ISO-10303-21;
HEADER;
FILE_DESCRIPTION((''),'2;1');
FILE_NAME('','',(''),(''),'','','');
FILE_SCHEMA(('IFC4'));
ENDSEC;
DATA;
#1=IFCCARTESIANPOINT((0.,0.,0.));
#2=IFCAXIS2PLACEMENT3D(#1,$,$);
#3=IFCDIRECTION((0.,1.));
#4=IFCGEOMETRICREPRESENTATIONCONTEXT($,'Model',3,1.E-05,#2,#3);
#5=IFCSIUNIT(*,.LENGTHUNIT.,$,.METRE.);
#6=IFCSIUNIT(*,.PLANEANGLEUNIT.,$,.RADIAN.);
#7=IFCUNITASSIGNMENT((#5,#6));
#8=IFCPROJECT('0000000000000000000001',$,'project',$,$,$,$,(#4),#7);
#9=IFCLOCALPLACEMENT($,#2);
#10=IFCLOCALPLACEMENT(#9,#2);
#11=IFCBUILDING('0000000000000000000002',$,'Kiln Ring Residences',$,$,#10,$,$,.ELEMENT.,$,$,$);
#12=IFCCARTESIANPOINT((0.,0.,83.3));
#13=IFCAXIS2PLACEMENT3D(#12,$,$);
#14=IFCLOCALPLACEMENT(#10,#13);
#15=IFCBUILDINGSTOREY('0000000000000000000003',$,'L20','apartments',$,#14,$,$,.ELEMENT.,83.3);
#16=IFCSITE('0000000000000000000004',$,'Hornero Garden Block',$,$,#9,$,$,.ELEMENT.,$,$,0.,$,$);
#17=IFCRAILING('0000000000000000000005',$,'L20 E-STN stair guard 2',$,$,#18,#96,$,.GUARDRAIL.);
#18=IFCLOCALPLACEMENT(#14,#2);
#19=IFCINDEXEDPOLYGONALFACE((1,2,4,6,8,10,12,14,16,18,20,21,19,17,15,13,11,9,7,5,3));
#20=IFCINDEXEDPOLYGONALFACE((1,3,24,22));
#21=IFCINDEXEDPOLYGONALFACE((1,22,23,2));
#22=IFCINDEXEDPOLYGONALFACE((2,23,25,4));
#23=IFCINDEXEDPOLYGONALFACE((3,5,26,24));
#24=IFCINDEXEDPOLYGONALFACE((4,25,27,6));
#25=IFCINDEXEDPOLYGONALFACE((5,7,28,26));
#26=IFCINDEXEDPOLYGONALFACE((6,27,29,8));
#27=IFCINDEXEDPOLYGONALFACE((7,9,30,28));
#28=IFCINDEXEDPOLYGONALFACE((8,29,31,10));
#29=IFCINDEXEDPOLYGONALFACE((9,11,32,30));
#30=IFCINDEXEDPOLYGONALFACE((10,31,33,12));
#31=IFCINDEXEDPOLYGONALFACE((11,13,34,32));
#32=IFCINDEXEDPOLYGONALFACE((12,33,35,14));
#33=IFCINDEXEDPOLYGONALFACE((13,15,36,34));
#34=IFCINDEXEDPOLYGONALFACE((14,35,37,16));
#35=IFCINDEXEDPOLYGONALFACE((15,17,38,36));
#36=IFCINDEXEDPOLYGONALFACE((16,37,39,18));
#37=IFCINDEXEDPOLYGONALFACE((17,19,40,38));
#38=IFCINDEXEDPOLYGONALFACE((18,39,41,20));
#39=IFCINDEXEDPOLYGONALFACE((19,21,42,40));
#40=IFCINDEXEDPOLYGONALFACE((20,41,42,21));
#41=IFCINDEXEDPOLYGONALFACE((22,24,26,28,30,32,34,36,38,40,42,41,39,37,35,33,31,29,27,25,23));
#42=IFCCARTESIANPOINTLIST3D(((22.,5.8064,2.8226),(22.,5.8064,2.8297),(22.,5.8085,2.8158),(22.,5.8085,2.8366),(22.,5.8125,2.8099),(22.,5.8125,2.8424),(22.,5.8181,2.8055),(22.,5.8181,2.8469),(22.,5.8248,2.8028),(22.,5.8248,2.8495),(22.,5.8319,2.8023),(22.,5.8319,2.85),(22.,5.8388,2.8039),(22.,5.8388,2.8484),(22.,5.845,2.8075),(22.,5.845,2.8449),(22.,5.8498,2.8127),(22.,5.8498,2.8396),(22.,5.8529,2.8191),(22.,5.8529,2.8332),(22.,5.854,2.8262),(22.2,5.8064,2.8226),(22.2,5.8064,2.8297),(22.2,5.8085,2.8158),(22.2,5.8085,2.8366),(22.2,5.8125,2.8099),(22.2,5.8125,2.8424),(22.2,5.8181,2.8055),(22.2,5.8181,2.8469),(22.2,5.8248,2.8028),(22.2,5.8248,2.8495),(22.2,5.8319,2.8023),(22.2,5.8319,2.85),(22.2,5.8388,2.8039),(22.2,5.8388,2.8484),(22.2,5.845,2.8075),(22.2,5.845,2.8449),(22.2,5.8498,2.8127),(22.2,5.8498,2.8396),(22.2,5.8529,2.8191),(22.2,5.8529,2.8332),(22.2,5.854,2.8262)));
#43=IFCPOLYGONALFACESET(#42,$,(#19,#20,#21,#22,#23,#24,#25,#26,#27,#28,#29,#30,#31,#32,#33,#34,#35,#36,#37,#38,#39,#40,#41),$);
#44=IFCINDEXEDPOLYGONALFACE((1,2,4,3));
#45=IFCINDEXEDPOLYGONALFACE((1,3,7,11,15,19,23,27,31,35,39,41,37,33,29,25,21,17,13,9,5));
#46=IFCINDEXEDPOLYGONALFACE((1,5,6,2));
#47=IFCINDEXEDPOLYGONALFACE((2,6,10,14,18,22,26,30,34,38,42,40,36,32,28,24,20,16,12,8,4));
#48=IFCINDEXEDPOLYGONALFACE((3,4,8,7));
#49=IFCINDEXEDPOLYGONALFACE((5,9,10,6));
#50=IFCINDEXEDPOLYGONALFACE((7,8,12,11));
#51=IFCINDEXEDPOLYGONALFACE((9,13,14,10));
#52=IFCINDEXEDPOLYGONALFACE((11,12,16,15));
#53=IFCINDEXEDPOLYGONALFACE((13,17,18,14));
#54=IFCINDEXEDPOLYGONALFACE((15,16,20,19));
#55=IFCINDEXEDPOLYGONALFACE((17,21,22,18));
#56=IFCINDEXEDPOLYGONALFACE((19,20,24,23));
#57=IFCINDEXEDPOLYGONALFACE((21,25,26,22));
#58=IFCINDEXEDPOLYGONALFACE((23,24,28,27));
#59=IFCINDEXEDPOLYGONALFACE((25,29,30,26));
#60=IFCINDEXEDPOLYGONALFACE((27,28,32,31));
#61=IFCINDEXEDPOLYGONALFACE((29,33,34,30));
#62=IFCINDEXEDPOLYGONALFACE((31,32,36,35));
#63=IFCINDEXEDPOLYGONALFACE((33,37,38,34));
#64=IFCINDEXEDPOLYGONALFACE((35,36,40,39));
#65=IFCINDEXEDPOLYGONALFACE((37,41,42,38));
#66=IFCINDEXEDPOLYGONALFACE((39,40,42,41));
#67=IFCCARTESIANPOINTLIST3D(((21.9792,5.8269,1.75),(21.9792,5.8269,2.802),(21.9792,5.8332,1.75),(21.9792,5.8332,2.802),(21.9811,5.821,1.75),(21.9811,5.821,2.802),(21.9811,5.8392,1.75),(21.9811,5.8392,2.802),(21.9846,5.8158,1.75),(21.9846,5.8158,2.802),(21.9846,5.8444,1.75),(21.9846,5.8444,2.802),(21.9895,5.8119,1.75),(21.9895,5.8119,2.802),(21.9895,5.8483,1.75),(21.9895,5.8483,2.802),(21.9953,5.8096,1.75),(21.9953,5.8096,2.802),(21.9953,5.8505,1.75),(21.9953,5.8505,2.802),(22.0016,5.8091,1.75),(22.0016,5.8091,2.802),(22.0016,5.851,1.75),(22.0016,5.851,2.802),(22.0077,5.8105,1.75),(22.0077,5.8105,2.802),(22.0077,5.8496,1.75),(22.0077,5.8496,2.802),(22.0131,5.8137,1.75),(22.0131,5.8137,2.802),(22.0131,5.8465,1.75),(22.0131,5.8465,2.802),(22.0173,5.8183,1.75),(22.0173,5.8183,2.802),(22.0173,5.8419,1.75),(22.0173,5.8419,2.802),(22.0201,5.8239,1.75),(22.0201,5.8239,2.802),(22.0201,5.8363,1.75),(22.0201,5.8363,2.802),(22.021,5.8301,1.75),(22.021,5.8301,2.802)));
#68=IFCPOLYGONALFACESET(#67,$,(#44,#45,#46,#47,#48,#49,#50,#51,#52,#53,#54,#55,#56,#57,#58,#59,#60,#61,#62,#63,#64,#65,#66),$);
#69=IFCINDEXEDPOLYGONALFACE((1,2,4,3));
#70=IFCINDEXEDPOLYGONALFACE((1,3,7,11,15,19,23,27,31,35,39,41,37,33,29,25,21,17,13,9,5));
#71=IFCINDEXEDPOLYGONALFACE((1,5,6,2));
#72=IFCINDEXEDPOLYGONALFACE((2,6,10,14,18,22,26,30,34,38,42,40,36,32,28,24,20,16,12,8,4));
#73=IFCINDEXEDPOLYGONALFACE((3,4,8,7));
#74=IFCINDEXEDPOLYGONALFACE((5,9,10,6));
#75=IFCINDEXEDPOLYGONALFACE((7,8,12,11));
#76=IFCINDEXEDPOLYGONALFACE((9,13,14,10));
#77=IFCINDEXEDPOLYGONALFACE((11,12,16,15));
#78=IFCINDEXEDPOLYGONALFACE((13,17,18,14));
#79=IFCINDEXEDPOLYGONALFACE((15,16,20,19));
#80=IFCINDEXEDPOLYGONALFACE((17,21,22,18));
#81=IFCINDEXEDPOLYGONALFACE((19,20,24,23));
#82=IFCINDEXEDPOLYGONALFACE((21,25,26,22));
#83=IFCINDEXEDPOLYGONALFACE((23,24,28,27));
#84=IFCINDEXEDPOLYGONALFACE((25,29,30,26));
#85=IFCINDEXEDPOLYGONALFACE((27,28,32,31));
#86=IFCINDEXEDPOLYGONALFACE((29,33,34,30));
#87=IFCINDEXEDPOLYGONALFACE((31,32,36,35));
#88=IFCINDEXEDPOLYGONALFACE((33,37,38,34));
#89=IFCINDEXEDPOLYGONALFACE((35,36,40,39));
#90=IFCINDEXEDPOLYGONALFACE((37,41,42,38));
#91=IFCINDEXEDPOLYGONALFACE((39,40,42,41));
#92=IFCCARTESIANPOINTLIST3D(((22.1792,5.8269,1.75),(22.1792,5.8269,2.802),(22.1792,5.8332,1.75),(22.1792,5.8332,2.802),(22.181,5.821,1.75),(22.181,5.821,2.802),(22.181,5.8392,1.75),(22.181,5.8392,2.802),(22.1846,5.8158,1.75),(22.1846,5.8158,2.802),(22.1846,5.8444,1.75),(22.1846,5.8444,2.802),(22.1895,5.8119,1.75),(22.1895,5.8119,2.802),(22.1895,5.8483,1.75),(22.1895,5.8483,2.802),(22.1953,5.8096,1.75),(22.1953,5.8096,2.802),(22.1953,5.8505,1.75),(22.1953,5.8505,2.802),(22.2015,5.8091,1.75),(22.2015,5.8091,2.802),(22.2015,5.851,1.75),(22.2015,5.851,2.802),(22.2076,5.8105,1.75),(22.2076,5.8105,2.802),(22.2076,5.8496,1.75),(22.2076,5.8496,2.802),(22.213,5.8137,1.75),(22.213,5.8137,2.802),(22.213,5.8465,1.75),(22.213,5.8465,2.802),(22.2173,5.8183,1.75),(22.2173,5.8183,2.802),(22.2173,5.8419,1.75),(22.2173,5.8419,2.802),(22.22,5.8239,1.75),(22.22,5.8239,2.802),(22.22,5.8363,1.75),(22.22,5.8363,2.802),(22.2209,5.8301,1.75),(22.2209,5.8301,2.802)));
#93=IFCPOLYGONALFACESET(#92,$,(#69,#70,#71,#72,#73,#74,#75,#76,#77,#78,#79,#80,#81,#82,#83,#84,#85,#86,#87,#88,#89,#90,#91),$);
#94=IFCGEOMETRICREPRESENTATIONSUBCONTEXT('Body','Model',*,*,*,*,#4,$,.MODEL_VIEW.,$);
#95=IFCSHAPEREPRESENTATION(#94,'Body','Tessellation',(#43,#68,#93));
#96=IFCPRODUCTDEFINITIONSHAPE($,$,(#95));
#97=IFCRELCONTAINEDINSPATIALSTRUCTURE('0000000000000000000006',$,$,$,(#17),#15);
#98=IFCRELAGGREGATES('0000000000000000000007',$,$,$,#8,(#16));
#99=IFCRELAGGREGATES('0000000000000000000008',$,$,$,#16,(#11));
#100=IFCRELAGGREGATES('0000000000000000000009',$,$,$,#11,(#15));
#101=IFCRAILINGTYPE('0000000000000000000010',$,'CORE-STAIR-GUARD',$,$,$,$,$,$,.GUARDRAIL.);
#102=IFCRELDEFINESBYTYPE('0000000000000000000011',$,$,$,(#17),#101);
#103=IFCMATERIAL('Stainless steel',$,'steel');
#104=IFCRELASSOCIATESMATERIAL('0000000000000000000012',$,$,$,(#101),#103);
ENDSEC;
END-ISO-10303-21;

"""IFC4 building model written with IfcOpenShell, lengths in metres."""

from ifc_helpers import new_model, si_unit, direction, frame, origin, origin_2d, place, context, subcontext, project, spatial, circle, extrude, material, type_object, element, save


model = new_model("IFC4")

# Units and contexts
model_context = context("Model", 3, precision=1e-05, world=origin(), true_north=direction((0.0, 1.0)))
body_context = subcontext(model_context, "Body", "Model", "MODEL_VIEW")
ifc_project = project(units=[si_unit("LENGTHUNIT", "METRE"), si_unit("PLANEANGLEUNIT", "RADIAN")], contexts=[model_context])

# Site, building, storey
site_placement = place(None, origin())
site = spatial("IfcSite", under=ifc_project, at=site_placement, Name="Hornero Garden Block", CompositionType="ELEMENT", RefElevation=0.0)
building_placement = place(site_placement, origin())
building = spatial("IfcBuilding", under=site, at=building_placement, Name="Kiln Ring Residences", CompositionType="ELEMENT")
storey_placement = place(building_placement, frame((0.0, 0.0, 83.3)))
storey = spatial("IfcBuildingStorey", under=building, at=storey_placement, Name="L20", Description="apartments", CompositionType="ELEMENT", Elevation=83.3)

# Railing
ifc_material_1 = material(Name="Stainless steel", Category="steel")
railing_type_1 = type_object("IfcRailingType", Name="CORE-STAIR-GUARD", PredefinedType="GUARDRAIL", material=ifc_material_1)
railing_1_placement = place(storey_placement, frame((22.0, 5.8301, 1.75)))
element("IfcRailing", 1, at=railing_1_placement, inside=storey, type_object=railing_type_1, Name="L20 E-STN stair guard 2", PredefinedType="GUARDRAIL", context=body_context, shape_type="SweptSolid", body=[
    extrude(circle(Radius=0.0239, at=origin_2d()), frame((0.0, 0.0, 1.0762), z_axis=(1.0, 0.0, 0.0), x_axis=(0.0, 1.0, 0.0)), (0.0, 0.0, 1.0), 0.2),
    extrude(circle(Radius=0.021, at=origin_2d()), origin(), (0.0, 0.0, 1.0), 1.052),
    extrude(circle(Radius=0.021, at=origin_2d()), frame((0.2, 0.0, 0.0)), (0.0, 0.0, 1.0), 1.052),
])

save(model, "model.ifc")
